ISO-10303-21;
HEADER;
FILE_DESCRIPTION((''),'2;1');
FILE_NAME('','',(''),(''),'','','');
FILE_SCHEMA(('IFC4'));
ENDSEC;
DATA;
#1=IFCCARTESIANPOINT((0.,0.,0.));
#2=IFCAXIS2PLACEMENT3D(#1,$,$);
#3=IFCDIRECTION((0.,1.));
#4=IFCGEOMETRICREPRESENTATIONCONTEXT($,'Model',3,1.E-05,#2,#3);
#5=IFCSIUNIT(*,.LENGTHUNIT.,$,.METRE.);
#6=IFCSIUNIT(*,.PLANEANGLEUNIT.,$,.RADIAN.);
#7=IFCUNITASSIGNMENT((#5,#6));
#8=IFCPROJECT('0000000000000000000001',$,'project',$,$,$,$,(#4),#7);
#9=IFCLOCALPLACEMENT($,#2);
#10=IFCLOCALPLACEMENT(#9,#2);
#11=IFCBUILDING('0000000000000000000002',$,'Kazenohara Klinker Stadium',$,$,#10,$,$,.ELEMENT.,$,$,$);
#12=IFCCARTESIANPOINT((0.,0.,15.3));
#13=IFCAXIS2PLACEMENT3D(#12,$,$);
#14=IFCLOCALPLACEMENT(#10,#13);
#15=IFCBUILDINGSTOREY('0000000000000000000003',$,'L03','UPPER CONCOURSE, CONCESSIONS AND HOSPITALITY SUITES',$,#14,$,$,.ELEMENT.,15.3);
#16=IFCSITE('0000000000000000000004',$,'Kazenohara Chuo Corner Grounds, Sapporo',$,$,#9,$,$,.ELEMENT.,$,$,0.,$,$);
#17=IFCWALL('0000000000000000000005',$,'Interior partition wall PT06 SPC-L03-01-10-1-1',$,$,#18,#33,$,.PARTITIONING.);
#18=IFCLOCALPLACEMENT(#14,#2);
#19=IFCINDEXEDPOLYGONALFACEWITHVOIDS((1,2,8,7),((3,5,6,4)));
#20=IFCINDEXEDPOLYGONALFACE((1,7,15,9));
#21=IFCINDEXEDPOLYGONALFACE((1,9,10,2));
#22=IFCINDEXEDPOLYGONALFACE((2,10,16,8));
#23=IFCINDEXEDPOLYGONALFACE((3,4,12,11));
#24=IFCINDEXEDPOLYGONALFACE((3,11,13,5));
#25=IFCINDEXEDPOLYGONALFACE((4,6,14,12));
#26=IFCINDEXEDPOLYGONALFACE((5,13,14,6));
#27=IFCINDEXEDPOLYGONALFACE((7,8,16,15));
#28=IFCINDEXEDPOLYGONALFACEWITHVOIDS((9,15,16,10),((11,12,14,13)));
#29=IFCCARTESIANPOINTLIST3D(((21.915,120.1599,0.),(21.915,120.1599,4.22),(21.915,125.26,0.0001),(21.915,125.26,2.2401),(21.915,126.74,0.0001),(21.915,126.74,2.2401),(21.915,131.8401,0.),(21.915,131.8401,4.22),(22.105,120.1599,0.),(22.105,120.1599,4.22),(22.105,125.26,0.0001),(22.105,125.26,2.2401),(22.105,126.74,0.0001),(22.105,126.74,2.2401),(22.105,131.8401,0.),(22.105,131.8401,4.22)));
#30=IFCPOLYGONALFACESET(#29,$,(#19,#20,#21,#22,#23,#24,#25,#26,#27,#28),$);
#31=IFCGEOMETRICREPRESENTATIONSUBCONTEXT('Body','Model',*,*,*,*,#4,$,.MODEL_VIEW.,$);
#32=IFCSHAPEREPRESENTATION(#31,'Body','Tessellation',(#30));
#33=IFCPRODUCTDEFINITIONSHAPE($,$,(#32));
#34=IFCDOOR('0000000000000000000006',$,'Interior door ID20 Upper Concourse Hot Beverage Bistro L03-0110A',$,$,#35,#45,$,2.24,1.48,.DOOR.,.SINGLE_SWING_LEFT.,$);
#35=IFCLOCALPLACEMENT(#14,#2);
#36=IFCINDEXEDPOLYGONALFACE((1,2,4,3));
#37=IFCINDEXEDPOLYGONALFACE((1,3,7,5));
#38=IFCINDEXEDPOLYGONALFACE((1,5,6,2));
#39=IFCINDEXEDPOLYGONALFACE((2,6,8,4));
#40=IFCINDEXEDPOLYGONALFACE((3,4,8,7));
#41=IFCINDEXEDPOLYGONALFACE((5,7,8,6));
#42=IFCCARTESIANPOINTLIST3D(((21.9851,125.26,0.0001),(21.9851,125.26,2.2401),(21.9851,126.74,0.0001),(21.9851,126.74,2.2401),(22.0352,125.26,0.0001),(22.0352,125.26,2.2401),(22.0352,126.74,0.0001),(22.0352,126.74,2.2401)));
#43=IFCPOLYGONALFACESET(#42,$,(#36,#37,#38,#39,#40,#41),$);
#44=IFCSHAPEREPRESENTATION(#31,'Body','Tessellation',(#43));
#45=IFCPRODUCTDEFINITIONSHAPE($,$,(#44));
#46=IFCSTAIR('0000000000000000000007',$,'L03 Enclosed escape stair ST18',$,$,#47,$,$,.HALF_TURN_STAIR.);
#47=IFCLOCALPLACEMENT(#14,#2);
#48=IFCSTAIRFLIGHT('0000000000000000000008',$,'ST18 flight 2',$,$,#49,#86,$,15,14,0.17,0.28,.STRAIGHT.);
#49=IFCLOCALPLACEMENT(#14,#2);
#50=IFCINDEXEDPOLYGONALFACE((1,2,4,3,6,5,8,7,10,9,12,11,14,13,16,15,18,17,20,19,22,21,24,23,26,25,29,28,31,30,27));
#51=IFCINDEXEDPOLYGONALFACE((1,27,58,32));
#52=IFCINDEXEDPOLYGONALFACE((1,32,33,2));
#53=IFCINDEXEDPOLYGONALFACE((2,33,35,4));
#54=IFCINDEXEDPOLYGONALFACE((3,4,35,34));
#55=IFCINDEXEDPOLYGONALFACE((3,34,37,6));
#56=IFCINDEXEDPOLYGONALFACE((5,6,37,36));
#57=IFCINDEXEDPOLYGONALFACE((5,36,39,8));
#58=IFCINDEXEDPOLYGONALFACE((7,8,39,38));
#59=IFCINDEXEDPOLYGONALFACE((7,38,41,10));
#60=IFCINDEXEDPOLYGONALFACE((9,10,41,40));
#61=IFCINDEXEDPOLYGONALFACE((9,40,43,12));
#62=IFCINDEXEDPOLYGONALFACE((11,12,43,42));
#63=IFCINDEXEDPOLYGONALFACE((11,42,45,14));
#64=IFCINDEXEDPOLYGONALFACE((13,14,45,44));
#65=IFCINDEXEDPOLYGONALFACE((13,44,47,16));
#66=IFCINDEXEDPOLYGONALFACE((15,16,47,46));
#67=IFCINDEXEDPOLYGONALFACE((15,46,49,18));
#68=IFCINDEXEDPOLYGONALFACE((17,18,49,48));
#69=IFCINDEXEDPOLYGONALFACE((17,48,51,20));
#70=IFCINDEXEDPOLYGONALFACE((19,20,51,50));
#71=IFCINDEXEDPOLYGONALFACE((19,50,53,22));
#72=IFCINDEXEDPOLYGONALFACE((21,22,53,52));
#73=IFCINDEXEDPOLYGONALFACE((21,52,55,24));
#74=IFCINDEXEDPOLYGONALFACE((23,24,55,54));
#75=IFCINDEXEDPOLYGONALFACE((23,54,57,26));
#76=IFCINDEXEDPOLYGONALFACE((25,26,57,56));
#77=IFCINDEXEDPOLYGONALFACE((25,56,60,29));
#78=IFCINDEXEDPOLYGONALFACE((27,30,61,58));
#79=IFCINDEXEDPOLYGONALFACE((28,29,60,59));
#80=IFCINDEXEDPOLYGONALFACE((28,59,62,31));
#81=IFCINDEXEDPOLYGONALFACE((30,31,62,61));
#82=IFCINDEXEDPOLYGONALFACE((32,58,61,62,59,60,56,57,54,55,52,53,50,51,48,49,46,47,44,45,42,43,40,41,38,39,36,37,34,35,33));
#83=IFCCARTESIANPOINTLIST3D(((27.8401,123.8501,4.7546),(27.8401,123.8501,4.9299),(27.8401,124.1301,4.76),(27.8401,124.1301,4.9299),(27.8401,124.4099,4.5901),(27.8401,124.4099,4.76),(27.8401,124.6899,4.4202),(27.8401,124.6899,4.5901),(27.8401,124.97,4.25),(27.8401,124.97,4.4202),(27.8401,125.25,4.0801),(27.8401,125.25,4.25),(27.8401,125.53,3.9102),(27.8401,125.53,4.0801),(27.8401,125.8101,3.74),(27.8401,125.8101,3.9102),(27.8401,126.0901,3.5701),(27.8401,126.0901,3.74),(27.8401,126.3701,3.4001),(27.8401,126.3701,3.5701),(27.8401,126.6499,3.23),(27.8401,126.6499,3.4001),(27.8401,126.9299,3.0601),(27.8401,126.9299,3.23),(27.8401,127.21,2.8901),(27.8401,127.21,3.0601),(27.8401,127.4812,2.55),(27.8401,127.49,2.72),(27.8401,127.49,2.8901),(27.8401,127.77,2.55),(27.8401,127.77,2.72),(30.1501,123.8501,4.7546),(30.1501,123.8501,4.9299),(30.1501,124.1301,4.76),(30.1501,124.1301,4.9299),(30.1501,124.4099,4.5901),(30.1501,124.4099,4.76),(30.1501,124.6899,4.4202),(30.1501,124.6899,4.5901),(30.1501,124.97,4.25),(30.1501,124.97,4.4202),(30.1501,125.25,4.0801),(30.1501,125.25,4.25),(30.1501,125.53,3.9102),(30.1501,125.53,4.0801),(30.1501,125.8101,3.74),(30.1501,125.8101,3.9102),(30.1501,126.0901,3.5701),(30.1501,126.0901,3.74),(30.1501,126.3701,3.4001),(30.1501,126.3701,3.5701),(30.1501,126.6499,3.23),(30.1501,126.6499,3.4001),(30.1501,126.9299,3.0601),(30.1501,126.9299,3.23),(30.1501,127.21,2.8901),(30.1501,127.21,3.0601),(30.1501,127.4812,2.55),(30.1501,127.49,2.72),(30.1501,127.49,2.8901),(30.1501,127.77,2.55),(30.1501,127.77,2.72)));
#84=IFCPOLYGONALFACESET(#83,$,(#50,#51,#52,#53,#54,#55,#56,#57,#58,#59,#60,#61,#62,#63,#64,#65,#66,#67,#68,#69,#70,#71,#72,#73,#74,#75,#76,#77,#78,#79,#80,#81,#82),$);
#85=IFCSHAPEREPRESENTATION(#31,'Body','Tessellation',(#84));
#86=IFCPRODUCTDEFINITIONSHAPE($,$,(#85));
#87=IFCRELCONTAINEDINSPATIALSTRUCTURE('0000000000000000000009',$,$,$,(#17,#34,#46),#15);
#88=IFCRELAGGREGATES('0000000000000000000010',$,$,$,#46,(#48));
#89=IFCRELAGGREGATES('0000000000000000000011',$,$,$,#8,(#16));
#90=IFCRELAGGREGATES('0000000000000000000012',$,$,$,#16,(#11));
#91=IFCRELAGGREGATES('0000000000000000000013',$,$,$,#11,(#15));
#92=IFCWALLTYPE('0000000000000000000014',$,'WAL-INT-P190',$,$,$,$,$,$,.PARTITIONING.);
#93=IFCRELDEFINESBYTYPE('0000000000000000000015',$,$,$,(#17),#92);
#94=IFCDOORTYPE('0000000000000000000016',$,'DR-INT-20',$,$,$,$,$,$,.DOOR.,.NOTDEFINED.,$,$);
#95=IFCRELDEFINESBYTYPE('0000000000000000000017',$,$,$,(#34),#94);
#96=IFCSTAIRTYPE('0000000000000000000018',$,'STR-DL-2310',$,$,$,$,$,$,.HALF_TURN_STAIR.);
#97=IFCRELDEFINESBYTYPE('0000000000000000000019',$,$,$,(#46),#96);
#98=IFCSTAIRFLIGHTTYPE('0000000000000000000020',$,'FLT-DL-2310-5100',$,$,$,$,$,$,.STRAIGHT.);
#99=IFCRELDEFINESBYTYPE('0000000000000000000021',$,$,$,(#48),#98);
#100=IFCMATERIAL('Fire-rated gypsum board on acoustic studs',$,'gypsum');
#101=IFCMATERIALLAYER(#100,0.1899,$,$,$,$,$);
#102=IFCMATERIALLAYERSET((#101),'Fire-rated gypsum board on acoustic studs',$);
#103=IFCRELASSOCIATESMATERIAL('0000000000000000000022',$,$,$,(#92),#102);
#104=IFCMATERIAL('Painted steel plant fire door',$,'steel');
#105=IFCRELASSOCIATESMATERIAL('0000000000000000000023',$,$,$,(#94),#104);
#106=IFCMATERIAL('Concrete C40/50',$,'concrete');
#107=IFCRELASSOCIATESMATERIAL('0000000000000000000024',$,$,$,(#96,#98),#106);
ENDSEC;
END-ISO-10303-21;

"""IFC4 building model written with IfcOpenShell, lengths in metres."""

from ifc_helpers import new_model, si_unit, direction, frame, frame_2d, origin, place, context, subcontext, project, spatial, polyline, rectangle, outline, extrude, material, layer, layer_set, type_object, element, fill, aggregate, save


model = new_model("IFC4")

# Units and contexts
model_context = context("Model", 3, precision=1e-05, world=origin(), true_north=direction((0.0, 1.0)))
body_context = subcontext(model_context, "Body", "Model", "MODEL_VIEW")
ifc_project = project(units=[si_unit("LENGTHUNIT", "METRE"), si_unit("PLANEANGLEUNIT", "RADIAN")], contexts=[model_context])

# Site, building, storey
site_placement = place(None, origin())
site = spatial("IfcSite", under=ifc_project, at=site_placement, Name="Kazenohara Chuo Corner Grounds, Sapporo", CompositionType="ELEMENT", RefElevation=0.0)
building_placement = place(site_placement, origin())
building = spatial("IfcBuilding", under=site, at=building_placement, Name="Kazenohara Klinker Stadium", CompositionType="ELEMENT")
storey_placement = place(building_placement, frame((0.0, 0.0, 15.3)))
storey = spatial("IfcBuildingStorey", under=building, at=storey_placement, Name="L03", Description="UPPER CONCOURSE, CONCESSIONS AND HOSPITALITY SUITES", CompositionType="ELEMENT", Elevation=15.3)

# Shared definitions
ifc_material_1 = material(Name="Concrete C40/50", Category="concrete")

# Wall, opening, door
ifc_material_2 = material(Name="Fire-rated gypsum board on acoustic studs", Category="gypsum")
ifc_layer_1 = layer(ifc_material_2, 0.1899)
ifc_layer_set_1 = layer_set([ifc_layer_1], Name="Fire-rated gypsum board on acoustic studs")
wall_type_1 = type_object("IfcWallType", Name="WAL-INT-P190", PredefinedType="PARTITIONING", material=ifc_layer_set_1)
wall_1_placement = place(storey_placement, frame((22.01, 120.1599, 0.0), z_axis=(0.0, 0.0, 1.0), x_axis=(0.0, 1.0, 0.0)))
wall_1 = element("IfcWall", 1, at=wall_1_placement, inside=storey, type_object=wall_type_1, Name="Interior partition wall PT06 SPC-L03-01-10-1-1", PredefinedType="PARTITIONING", context=body_context, shape_type="SweptSolid", body=[
    extrude(rectangle(XDim=11.6802, YDim=0.1899, at=frame_2d((5.8401, 0.0))), origin(), (0.0, 0.0, 1.0), 4.22),
])
opening_1_placement = place(wall_1_placement, frame((5.1001, 0.0, 0.0)))
opening_1 = element("IfcOpeningElement", 2, at=opening_1_placement, cuts=wall_1, PredefinedType="OPENING", context=body_context, shape_type="SweptSolid", body=[
    extrude(rectangle(XDim=1.48, YDim=2.24, at=frame_2d((0.74, 1.1201))), frame((0.0, 0.105, 0.0), z_axis=(0.0, -1.0, 0.0), x_axis=(1.0, 0.0, 0.0)), (0.0, 0.0, 1.0), 0.21),
])
ifc_material_3 = material(Name="Painted steel plant fire door", Category="steel")
door_type_1 = type_object("IfcDoorType", Name="DR-INT-20", OperationType="NOTDEFINED", PredefinedType="DOOR", material=ifc_material_3)
door_1_placement = place(opening_1_placement, origin())
door_1 = element("IfcDoor", 3, at=door_1_placement, inside=storey, type_object=door_type_1, Name="Interior door ID20 Upper Concourse Hot Beverage Bistro L03-0110A", OperationType="SINGLE_SWING_LEFT", OverallHeight=2.24, OverallWidth=1.48, PredefinedType="DOOR", context=body_context, shape_type="SweptSolid", body=[
    extrude(rectangle(XDim=1.48, YDim=2.24, at=frame_2d((0.74, 1.1201))), frame((0.0, 0.0249, 0.0), z_axis=(0.0, -1.0, 0.0), x_axis=(1.0, 0.0, 0.0)), (0.0, 0.0, 1.0), 0.05),
])
fill(opening_1, door_1)

# Stair, stair flight
stair_type = type_object("IfcStairType", Name="STR-DL-2310", PredefinedType="HALF_TURN_STAIR", material=ifc_material_1)
stair_placement = place(storey_placement, origin())
stair = element("IfcStair", 4, at=stair_placement, inside=storey, type_object=stair_type, Name="L03 Enclosed escape stair ST18", PredefinedType="HALF_TURN_STAIR")
stair_flight_type = type_object("IfcStairFlightType", Name="FLT-DL-2310-5100", PredefinedType="STRAIGHT", material=ifc_material_1)
stair_flight_placement = place(storey_placement, frame((28.9951, 127.77, 2.55), z_axis=(0.0, 0.0, 1.0), x_axis=(0.0, -1.0, 0.0)))
stair_flight = element("IfcStairFlight", 5, at=stair_flight_placement, type_object=stair_flight_type, Name="ST18 flight 2", NumberOfRisers=15, NumberOfTreads=14, PredefinedType="STRAIGHT", RiserHeight=0.17, TreadLength=0.28, context=body_context, shape_type="SweptSolid", body=[
    extrude(outline(polyline([(0.0, 0.0), (0.0, 0.1699), (0.28, 0.1699), (0.28, 0.3401), (0.5601, 0.3401), (0.5601, 0.51), (0.8401, 0.51), (0.8401, 0.6799), (1.1201, 0.6799), (1.1201, 0.8501), (1.3999, 0.8501), (1.3999, 1.02), (1.6799, 1.02), (1.6799, 1.1899), (1.96, 1.1899), (1.96, 1.3601), (2.24, 1.3601), (2.24, 1.53), (2.52, 1.53), (2.52, 1.7), (2.8, 1.7), (2.8, 1.8701), (3.0801, 1.8701), (3.0801, 2.04), (3.3601, 2.04), (3.3601, 2.21), (3.6399, 2.21), (3.6399, 2.3799), (3.9199, 2.3799), (3.9199, 2.55), (3.9199, 2.2046), (0.2888, 0.0), (0.0, 0.0)])), frame((0.0, 1.155, 0.0), z_axis=(0.0, -1.0, 0.0), x_axis=(1.0, 0.0, 0.0)), (0.0, 0.0, 1.0), 2.3101),
])
aggregate(stair, [stair_flight])

save(model, "model.ifc")
